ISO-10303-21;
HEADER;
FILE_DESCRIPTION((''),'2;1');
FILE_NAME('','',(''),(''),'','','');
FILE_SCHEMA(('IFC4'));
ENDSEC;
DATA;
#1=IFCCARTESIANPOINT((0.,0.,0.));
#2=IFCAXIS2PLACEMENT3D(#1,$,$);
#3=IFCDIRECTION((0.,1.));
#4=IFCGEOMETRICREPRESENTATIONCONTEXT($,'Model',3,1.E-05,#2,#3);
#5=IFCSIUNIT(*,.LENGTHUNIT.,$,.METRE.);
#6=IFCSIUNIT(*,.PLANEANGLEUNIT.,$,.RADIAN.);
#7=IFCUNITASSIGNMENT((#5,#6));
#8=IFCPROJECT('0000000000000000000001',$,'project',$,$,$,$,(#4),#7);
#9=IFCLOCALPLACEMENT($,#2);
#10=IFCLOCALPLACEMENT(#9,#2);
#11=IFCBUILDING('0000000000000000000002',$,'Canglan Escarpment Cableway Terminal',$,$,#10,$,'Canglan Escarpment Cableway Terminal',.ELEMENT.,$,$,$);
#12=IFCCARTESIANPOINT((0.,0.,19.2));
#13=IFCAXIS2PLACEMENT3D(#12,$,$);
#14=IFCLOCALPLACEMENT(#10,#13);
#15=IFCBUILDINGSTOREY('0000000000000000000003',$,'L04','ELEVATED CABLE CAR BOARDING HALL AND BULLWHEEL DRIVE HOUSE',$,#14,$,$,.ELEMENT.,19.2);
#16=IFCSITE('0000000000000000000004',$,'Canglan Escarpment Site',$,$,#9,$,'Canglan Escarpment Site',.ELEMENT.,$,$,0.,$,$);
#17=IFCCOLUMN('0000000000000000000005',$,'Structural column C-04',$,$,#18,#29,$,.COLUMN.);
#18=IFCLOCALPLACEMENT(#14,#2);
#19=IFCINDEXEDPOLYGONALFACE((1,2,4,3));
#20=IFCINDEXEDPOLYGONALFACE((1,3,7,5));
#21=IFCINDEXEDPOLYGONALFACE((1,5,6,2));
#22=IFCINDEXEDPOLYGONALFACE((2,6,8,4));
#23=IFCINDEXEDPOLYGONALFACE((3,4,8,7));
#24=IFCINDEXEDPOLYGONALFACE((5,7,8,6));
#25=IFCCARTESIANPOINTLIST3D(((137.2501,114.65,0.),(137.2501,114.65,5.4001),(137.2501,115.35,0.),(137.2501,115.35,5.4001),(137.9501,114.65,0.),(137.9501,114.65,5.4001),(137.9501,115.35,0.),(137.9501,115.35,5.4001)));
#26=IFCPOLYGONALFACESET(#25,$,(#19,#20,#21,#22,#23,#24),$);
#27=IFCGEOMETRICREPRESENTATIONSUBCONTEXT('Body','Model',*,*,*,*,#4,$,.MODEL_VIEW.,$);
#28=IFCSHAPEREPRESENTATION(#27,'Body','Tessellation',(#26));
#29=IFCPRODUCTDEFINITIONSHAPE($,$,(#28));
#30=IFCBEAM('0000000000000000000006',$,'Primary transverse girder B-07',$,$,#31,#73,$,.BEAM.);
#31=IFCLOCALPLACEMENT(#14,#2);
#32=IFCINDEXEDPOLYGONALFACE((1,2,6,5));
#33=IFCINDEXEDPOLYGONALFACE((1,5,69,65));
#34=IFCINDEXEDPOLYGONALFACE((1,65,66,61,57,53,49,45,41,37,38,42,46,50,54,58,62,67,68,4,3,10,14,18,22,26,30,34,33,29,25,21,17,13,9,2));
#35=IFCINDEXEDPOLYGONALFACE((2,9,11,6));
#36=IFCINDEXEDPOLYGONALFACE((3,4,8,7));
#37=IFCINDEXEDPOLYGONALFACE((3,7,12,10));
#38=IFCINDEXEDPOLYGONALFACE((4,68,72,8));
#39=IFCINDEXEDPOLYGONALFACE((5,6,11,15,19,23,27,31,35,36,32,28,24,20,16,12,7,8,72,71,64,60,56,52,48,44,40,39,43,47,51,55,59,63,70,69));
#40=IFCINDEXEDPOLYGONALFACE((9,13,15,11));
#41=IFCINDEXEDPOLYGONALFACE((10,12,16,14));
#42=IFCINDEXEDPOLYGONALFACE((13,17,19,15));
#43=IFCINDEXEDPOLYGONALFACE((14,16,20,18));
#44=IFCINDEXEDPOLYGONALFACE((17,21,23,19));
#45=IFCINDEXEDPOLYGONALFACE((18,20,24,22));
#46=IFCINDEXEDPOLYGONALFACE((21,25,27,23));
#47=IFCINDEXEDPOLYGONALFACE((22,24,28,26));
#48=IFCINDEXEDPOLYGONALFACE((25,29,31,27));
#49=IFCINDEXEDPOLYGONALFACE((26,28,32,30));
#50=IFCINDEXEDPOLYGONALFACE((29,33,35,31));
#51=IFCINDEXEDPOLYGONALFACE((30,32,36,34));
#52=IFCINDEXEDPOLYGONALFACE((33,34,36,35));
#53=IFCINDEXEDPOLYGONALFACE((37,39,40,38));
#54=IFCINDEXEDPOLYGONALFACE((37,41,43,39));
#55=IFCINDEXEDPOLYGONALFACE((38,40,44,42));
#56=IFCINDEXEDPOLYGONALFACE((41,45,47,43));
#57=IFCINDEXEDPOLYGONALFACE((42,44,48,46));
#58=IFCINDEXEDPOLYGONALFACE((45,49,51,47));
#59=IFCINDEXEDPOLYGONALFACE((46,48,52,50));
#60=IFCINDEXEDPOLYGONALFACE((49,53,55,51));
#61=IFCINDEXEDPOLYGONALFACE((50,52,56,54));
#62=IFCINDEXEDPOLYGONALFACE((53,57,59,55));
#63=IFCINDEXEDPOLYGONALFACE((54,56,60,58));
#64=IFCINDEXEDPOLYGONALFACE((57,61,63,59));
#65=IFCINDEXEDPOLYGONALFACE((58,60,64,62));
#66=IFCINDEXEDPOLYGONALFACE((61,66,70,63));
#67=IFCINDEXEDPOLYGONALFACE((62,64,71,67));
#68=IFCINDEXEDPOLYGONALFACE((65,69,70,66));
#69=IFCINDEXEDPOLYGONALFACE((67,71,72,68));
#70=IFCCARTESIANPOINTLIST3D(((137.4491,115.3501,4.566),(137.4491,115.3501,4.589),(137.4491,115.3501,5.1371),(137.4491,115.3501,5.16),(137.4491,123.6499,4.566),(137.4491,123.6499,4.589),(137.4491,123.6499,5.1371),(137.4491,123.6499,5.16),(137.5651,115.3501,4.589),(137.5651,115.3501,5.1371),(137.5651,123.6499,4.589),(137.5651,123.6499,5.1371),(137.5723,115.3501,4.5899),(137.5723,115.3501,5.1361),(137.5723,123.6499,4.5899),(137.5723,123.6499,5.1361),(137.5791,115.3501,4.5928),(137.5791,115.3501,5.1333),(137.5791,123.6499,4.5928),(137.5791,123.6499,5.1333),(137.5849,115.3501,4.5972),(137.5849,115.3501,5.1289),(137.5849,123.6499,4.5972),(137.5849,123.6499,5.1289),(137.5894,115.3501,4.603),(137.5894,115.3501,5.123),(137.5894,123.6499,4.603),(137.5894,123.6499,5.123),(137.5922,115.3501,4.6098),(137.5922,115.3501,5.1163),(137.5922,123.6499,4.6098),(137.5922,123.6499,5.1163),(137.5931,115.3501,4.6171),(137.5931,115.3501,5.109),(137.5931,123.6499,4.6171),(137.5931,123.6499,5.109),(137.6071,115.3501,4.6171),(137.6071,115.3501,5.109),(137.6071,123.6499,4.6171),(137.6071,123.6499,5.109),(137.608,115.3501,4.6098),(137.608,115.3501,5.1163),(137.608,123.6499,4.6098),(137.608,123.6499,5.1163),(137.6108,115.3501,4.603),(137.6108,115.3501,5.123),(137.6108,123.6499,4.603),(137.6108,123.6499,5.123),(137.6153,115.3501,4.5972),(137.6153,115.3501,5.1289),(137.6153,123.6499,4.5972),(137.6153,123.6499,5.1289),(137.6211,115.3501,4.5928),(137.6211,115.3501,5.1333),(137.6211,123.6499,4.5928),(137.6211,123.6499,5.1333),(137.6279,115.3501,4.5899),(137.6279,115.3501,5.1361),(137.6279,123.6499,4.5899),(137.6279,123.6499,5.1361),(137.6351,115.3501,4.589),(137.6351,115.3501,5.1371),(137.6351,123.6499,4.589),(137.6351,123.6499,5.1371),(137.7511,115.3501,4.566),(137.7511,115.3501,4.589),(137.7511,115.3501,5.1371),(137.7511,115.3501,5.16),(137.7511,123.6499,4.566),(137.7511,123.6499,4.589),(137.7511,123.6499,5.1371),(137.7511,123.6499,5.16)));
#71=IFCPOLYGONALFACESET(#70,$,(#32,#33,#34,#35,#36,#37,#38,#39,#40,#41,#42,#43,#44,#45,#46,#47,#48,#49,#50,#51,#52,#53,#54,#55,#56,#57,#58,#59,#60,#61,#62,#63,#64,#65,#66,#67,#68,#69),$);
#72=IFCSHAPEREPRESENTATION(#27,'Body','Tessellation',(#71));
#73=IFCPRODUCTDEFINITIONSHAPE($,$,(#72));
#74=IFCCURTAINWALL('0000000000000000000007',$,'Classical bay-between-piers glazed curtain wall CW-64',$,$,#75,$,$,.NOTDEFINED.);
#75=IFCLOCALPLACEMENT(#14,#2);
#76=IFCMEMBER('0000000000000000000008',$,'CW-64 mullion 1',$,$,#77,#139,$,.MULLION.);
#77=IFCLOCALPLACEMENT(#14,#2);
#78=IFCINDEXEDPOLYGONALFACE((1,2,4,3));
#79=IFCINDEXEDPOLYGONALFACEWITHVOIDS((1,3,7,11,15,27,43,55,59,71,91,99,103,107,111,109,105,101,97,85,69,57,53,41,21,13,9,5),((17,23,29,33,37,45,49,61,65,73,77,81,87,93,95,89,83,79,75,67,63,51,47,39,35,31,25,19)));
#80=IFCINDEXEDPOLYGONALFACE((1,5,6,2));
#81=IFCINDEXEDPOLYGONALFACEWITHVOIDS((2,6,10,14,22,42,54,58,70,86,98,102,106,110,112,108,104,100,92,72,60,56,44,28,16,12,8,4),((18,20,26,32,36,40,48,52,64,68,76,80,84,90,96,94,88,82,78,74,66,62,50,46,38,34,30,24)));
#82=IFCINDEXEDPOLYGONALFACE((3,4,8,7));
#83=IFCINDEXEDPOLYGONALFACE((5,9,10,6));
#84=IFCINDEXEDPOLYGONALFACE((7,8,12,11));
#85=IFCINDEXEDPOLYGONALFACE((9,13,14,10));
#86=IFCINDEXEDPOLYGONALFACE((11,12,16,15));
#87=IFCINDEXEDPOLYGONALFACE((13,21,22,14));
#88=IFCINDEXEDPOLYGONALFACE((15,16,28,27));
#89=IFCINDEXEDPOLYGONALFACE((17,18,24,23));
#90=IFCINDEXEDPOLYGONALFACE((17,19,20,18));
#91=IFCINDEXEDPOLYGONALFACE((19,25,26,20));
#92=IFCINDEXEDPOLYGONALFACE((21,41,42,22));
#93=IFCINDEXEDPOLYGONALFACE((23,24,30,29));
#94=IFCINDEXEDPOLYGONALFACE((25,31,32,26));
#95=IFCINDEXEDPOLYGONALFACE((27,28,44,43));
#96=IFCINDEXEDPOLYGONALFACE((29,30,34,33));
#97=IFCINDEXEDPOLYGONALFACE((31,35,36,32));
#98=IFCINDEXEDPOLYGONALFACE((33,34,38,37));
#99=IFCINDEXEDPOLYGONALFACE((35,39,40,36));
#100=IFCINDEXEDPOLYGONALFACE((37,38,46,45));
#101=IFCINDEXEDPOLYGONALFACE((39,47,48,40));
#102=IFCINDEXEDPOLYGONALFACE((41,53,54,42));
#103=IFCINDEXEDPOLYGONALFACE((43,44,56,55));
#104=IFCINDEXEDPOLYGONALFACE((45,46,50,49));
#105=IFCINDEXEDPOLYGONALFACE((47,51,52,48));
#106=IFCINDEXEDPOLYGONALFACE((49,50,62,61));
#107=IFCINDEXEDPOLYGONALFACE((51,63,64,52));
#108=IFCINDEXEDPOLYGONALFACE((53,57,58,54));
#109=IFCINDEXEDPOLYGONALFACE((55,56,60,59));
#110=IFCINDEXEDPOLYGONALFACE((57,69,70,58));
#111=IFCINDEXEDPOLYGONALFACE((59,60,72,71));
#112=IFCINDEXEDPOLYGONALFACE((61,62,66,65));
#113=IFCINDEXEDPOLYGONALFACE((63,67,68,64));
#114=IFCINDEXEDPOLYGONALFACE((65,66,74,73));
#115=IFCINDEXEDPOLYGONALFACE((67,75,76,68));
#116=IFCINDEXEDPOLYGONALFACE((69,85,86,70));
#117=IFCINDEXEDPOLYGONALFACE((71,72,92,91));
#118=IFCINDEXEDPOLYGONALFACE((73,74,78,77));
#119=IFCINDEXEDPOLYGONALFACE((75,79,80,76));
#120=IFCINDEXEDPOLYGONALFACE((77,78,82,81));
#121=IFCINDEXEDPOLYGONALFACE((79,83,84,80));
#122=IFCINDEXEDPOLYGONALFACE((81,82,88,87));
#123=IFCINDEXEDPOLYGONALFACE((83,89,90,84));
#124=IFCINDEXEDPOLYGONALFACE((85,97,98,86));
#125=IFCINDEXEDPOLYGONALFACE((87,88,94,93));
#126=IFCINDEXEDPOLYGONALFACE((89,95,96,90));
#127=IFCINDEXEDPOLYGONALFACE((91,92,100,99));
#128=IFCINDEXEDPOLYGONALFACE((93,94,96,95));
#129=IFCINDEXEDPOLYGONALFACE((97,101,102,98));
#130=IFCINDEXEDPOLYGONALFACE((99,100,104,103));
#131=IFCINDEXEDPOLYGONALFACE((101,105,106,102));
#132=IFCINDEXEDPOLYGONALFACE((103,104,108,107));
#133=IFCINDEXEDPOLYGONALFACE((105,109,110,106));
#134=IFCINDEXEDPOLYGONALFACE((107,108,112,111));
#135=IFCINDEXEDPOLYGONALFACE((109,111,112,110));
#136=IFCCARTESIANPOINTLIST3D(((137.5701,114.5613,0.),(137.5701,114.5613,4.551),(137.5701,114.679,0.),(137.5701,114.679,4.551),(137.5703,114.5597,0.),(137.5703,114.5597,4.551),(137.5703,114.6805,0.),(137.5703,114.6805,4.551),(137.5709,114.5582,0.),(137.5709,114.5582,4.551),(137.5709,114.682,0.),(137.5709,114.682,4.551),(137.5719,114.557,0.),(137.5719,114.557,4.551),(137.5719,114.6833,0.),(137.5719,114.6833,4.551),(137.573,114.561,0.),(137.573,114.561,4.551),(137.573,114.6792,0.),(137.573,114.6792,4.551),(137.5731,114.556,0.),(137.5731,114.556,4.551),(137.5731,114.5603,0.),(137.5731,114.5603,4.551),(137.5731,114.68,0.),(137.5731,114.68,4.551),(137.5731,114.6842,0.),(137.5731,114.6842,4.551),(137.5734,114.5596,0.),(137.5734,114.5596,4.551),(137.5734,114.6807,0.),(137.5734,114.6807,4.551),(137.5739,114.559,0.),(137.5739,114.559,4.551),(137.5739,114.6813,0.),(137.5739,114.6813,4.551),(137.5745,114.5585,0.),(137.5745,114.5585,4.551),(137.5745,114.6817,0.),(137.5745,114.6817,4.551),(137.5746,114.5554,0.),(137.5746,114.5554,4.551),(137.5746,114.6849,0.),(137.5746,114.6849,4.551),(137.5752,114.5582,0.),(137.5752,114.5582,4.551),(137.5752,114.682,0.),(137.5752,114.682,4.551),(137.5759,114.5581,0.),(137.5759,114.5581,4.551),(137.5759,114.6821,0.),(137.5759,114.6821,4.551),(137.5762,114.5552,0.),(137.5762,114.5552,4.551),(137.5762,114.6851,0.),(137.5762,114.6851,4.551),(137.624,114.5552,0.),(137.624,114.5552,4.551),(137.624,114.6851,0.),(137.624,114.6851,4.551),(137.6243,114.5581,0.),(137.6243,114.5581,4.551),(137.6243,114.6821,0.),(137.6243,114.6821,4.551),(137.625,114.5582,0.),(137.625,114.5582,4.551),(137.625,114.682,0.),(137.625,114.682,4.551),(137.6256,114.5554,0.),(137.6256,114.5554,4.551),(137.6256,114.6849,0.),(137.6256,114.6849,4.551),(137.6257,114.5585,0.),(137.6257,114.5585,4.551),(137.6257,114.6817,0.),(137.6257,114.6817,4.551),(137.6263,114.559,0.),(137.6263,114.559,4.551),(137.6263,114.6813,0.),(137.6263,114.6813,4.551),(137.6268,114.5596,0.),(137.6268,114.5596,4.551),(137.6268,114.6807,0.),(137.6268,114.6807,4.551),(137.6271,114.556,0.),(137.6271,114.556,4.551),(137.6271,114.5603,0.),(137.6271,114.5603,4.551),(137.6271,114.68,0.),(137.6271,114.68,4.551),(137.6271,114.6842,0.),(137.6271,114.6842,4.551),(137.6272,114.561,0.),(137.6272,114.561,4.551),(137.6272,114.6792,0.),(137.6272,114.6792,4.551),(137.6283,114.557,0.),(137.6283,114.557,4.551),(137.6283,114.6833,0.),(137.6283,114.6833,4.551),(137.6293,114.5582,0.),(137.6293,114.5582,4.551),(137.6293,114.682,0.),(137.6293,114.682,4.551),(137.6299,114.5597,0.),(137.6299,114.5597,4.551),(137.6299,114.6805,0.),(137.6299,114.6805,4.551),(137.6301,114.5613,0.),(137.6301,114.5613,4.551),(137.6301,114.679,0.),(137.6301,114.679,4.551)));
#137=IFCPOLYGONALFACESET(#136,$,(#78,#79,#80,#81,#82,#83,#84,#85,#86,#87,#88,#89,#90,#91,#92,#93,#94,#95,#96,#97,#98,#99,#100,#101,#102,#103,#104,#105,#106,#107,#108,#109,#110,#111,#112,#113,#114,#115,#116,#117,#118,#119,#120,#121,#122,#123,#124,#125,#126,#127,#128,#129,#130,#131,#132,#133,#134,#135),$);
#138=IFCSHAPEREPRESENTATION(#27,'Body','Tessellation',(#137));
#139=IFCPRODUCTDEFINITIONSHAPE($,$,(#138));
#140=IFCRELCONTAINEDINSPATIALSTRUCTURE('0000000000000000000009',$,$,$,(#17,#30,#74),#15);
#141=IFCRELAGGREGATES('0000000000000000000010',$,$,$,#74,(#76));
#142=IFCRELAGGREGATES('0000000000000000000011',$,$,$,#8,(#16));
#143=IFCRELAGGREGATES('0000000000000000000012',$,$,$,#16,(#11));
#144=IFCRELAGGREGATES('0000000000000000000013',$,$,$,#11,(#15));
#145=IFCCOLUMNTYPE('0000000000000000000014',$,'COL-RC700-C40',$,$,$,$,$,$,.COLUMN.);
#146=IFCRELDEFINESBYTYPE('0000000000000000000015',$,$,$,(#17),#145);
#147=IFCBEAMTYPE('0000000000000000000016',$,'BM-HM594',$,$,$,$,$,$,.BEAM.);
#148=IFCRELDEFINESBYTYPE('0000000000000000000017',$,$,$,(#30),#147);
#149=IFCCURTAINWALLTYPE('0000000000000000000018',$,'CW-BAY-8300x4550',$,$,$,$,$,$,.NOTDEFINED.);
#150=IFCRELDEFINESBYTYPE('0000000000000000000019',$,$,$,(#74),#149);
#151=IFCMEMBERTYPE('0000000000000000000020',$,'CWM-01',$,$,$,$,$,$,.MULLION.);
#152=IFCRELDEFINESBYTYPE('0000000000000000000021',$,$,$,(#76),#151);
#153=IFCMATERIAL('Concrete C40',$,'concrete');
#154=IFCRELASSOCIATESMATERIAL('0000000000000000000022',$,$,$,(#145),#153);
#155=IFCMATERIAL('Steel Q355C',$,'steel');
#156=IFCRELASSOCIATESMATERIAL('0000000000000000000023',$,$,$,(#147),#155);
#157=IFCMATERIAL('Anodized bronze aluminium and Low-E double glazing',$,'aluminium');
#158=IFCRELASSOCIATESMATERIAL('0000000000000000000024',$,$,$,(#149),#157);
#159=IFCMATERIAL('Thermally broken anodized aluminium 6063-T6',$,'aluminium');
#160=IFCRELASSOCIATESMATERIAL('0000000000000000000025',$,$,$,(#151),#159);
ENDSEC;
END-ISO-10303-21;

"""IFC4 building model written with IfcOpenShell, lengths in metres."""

from ifc_helpers import new_model, si_unit, direction, frame, origin, origin_2d, place, context, subcontext, project, spatial, rectangle, hollow_rectangle, i_section, extrude, material, material_profile, profile_set, type_object, element, aggregate, save


model = new_model("IFC4")

# Units and contexts
model_context = context("Model", 3, precision=1e-05, world=origin(), true_north=direction((0.0, 1.0)))
body_context = subcontext(model_context, "Body", "Model", "MODEL_VIEW")
ifc_project = project(units=[si_unit("LENGTHUNIT", "METRE"), si_unit("PLANEANGLEUNIT", "RADIAN")], contexts=[model_context])

# Site, building, storey
site_placement = place(None, origin())
site = spatial("IfcSite", under=ifc_project, at=site_placement, Name="Canglan Escarpment Site", LongName="Canglan Escarpment Site", CompositionType="ELEMENT", RefElevation=0.0)
building_placement = place(site_placement, origin())
building = spatial("IfcBuilding", under=site, at=building_placement, Name="Canglan Escarpment Cableway Terminal", LongName="Canglan Escarpment Cableway Terminal", CompositionType="ELEMENT")
storey_placement = place(building_placement, frame((0.0, 0.0, 19.2)))
storey = spatial("IfcBuildingStorey", under=building, at=storey_placement, Name="L04", Description="ELEVATED CABLE CAR BOARDING HALL AND BULLWHEEL DRIVE HOUSE", CompositionType="ELEMENT", Elevation=19.2)

# Column
ifc_material_1 = material(Name="Concrete C40", Category="concrete")
ifc_material_profile_1 = material_profile(ifc_material_1, rectangle(XDim=0.7, YDim=0.7, at=origin_2d()), Name="RC 700x700")
ifc_profile_set_1 = profile_set([ifc_material_profile_1], Name="Concrete C40")
column_type = type_object("IfcColumnType", Name="COL-RC700-C40", PredefinedType="COLUMN", material=ifc_profile_set_1)
column_placement = place(storey_placement, frame((137.6001, 115.0, 0.0), z_axis=(0.0, 0.0, 1.0), x_axis=(1.0, 0.0, 0.0)))
element("IfcColumn", 1, at=column_placement, inside=storey, type_object=column_type, Name="Structural column C-04", PredefinedType="COLUMN", context=body_context, shape_type="SweptSolid", body=[
    extrude(rectangle(XDim=0.7, YDim=0.7, at=origin_2d()), origin(), (0.0, 0.0, 1.0), 5.4001),
])

# Beam
ifc_material_2 = material(Name="Steel Q355C", Category="steel")
ifc_material_profile_2 = material_profile(ifc_material_2, i_section(OverallWidth=0.302, OverallDepth=0.594, WebThickness=0.0139, FlangeThickness=0.0229, FilletRadius=0.0281, at=origin_2d()), Name="HM 594x302x14x23")
ifc_profile_set_2 = profile_set([ifc_material_profile_2], Name="Steel Q355C")
beam_type = type_object("IfcBeamType", Name="BM-HM594", PredefinedType="BEAM", material=ifc_profile_set_2)
beam_placement = place(storey_placement, frame((137.6001, 115.3501, 4.863), z_axis=(0.0, 1.0, 0.0), x_axis=(-1.0, 0.0, 0.0)))
element("IfcBeam", 2, at=beam_placement, inside=storey, type_object=beam_type, Name="Primary transverse girder B-07", PredefinedType="BEAM", context=body_context, shape_type="SweptSolid", body=[
    extrude(i_section(OverallWidth=0.302, OverallDepth=0.594, WebThickness=0.0139, FlangeThickness=0.0229, FilletRadius=0.0281, at=origin_2d()), origin(), (0.0, 0.0, 1.0), 8.2998),
])

# Curtain wall, member
ifc_material_3 = material(Name="Anodized bronze aluminium and Low-E double glazing", Category="aluminium")
curtain_wall_type_1 = type_object("IfcCurtainWallType", Name="CW-BAY-8300x4550", PredefinedType="NOTDEFINED", material=ifc_material_3)
curtain_wall_1_placement = place(storey_placement, origin())
curtain_wall_1 = element("IfcCurtainWall", 3, at=curtain_wall_1_placement, inside=storey, type_object=curtain_wall_type_1, Name="Classical bay-between-piers glazed curtain wall CW-64", PredefinedType="NOTDEFINED")
ifc_material_4 = material(Name="Thermally broken anodized aluminium 6063-T6", Category="aluminium")
ifc_material_profile_3 = material_profile(ifc_material_4, hollow_rectangle(XDim=0.0601, YDim=0.1299, WallThickness=0.0029, InnerFilletRadius=0.0029, OuterFilletRadius=0.0061, at=origin_2d()), Name="ALU-MULL 60x130x3")
ifc_profile_set_3 = profile_set([ifc_material_profile_3], Name="Thermally broken anodized aluminium 6063-T6")
member_type_1 = type_object("IfcMemberType", Name="CWM-01", PredefinedType="MULLION", material=ifc_profile_set_3)
member_1_placement = place(storey_placement, frame((137.6001, 114.6201, 0.0), z_axis=(0.0, 0.0, 1.0), x_axis=(1.0, 0.0, 0.0)))
member_1 = element("IfcMember", 4, at=member_1_placement, type_object=member_type_1, Name="CW-64 mullion 1", PredefinedType="MULLION", context=body_context, shape_type="SweptSolid", body=[
    extrude(hollow_rectangle(XDim=0.0601, YDim=0.1299, WallThickness=0.0029, InnerFilletRadius=0.0029, OuterFilletRadius=0.0061, at=origin_2d()), origin(), (0.0, 0.0, 1.0), 4.551),
])

aggregate(curtain_wall_1, [member_1])

save(model, "model.ifc")
